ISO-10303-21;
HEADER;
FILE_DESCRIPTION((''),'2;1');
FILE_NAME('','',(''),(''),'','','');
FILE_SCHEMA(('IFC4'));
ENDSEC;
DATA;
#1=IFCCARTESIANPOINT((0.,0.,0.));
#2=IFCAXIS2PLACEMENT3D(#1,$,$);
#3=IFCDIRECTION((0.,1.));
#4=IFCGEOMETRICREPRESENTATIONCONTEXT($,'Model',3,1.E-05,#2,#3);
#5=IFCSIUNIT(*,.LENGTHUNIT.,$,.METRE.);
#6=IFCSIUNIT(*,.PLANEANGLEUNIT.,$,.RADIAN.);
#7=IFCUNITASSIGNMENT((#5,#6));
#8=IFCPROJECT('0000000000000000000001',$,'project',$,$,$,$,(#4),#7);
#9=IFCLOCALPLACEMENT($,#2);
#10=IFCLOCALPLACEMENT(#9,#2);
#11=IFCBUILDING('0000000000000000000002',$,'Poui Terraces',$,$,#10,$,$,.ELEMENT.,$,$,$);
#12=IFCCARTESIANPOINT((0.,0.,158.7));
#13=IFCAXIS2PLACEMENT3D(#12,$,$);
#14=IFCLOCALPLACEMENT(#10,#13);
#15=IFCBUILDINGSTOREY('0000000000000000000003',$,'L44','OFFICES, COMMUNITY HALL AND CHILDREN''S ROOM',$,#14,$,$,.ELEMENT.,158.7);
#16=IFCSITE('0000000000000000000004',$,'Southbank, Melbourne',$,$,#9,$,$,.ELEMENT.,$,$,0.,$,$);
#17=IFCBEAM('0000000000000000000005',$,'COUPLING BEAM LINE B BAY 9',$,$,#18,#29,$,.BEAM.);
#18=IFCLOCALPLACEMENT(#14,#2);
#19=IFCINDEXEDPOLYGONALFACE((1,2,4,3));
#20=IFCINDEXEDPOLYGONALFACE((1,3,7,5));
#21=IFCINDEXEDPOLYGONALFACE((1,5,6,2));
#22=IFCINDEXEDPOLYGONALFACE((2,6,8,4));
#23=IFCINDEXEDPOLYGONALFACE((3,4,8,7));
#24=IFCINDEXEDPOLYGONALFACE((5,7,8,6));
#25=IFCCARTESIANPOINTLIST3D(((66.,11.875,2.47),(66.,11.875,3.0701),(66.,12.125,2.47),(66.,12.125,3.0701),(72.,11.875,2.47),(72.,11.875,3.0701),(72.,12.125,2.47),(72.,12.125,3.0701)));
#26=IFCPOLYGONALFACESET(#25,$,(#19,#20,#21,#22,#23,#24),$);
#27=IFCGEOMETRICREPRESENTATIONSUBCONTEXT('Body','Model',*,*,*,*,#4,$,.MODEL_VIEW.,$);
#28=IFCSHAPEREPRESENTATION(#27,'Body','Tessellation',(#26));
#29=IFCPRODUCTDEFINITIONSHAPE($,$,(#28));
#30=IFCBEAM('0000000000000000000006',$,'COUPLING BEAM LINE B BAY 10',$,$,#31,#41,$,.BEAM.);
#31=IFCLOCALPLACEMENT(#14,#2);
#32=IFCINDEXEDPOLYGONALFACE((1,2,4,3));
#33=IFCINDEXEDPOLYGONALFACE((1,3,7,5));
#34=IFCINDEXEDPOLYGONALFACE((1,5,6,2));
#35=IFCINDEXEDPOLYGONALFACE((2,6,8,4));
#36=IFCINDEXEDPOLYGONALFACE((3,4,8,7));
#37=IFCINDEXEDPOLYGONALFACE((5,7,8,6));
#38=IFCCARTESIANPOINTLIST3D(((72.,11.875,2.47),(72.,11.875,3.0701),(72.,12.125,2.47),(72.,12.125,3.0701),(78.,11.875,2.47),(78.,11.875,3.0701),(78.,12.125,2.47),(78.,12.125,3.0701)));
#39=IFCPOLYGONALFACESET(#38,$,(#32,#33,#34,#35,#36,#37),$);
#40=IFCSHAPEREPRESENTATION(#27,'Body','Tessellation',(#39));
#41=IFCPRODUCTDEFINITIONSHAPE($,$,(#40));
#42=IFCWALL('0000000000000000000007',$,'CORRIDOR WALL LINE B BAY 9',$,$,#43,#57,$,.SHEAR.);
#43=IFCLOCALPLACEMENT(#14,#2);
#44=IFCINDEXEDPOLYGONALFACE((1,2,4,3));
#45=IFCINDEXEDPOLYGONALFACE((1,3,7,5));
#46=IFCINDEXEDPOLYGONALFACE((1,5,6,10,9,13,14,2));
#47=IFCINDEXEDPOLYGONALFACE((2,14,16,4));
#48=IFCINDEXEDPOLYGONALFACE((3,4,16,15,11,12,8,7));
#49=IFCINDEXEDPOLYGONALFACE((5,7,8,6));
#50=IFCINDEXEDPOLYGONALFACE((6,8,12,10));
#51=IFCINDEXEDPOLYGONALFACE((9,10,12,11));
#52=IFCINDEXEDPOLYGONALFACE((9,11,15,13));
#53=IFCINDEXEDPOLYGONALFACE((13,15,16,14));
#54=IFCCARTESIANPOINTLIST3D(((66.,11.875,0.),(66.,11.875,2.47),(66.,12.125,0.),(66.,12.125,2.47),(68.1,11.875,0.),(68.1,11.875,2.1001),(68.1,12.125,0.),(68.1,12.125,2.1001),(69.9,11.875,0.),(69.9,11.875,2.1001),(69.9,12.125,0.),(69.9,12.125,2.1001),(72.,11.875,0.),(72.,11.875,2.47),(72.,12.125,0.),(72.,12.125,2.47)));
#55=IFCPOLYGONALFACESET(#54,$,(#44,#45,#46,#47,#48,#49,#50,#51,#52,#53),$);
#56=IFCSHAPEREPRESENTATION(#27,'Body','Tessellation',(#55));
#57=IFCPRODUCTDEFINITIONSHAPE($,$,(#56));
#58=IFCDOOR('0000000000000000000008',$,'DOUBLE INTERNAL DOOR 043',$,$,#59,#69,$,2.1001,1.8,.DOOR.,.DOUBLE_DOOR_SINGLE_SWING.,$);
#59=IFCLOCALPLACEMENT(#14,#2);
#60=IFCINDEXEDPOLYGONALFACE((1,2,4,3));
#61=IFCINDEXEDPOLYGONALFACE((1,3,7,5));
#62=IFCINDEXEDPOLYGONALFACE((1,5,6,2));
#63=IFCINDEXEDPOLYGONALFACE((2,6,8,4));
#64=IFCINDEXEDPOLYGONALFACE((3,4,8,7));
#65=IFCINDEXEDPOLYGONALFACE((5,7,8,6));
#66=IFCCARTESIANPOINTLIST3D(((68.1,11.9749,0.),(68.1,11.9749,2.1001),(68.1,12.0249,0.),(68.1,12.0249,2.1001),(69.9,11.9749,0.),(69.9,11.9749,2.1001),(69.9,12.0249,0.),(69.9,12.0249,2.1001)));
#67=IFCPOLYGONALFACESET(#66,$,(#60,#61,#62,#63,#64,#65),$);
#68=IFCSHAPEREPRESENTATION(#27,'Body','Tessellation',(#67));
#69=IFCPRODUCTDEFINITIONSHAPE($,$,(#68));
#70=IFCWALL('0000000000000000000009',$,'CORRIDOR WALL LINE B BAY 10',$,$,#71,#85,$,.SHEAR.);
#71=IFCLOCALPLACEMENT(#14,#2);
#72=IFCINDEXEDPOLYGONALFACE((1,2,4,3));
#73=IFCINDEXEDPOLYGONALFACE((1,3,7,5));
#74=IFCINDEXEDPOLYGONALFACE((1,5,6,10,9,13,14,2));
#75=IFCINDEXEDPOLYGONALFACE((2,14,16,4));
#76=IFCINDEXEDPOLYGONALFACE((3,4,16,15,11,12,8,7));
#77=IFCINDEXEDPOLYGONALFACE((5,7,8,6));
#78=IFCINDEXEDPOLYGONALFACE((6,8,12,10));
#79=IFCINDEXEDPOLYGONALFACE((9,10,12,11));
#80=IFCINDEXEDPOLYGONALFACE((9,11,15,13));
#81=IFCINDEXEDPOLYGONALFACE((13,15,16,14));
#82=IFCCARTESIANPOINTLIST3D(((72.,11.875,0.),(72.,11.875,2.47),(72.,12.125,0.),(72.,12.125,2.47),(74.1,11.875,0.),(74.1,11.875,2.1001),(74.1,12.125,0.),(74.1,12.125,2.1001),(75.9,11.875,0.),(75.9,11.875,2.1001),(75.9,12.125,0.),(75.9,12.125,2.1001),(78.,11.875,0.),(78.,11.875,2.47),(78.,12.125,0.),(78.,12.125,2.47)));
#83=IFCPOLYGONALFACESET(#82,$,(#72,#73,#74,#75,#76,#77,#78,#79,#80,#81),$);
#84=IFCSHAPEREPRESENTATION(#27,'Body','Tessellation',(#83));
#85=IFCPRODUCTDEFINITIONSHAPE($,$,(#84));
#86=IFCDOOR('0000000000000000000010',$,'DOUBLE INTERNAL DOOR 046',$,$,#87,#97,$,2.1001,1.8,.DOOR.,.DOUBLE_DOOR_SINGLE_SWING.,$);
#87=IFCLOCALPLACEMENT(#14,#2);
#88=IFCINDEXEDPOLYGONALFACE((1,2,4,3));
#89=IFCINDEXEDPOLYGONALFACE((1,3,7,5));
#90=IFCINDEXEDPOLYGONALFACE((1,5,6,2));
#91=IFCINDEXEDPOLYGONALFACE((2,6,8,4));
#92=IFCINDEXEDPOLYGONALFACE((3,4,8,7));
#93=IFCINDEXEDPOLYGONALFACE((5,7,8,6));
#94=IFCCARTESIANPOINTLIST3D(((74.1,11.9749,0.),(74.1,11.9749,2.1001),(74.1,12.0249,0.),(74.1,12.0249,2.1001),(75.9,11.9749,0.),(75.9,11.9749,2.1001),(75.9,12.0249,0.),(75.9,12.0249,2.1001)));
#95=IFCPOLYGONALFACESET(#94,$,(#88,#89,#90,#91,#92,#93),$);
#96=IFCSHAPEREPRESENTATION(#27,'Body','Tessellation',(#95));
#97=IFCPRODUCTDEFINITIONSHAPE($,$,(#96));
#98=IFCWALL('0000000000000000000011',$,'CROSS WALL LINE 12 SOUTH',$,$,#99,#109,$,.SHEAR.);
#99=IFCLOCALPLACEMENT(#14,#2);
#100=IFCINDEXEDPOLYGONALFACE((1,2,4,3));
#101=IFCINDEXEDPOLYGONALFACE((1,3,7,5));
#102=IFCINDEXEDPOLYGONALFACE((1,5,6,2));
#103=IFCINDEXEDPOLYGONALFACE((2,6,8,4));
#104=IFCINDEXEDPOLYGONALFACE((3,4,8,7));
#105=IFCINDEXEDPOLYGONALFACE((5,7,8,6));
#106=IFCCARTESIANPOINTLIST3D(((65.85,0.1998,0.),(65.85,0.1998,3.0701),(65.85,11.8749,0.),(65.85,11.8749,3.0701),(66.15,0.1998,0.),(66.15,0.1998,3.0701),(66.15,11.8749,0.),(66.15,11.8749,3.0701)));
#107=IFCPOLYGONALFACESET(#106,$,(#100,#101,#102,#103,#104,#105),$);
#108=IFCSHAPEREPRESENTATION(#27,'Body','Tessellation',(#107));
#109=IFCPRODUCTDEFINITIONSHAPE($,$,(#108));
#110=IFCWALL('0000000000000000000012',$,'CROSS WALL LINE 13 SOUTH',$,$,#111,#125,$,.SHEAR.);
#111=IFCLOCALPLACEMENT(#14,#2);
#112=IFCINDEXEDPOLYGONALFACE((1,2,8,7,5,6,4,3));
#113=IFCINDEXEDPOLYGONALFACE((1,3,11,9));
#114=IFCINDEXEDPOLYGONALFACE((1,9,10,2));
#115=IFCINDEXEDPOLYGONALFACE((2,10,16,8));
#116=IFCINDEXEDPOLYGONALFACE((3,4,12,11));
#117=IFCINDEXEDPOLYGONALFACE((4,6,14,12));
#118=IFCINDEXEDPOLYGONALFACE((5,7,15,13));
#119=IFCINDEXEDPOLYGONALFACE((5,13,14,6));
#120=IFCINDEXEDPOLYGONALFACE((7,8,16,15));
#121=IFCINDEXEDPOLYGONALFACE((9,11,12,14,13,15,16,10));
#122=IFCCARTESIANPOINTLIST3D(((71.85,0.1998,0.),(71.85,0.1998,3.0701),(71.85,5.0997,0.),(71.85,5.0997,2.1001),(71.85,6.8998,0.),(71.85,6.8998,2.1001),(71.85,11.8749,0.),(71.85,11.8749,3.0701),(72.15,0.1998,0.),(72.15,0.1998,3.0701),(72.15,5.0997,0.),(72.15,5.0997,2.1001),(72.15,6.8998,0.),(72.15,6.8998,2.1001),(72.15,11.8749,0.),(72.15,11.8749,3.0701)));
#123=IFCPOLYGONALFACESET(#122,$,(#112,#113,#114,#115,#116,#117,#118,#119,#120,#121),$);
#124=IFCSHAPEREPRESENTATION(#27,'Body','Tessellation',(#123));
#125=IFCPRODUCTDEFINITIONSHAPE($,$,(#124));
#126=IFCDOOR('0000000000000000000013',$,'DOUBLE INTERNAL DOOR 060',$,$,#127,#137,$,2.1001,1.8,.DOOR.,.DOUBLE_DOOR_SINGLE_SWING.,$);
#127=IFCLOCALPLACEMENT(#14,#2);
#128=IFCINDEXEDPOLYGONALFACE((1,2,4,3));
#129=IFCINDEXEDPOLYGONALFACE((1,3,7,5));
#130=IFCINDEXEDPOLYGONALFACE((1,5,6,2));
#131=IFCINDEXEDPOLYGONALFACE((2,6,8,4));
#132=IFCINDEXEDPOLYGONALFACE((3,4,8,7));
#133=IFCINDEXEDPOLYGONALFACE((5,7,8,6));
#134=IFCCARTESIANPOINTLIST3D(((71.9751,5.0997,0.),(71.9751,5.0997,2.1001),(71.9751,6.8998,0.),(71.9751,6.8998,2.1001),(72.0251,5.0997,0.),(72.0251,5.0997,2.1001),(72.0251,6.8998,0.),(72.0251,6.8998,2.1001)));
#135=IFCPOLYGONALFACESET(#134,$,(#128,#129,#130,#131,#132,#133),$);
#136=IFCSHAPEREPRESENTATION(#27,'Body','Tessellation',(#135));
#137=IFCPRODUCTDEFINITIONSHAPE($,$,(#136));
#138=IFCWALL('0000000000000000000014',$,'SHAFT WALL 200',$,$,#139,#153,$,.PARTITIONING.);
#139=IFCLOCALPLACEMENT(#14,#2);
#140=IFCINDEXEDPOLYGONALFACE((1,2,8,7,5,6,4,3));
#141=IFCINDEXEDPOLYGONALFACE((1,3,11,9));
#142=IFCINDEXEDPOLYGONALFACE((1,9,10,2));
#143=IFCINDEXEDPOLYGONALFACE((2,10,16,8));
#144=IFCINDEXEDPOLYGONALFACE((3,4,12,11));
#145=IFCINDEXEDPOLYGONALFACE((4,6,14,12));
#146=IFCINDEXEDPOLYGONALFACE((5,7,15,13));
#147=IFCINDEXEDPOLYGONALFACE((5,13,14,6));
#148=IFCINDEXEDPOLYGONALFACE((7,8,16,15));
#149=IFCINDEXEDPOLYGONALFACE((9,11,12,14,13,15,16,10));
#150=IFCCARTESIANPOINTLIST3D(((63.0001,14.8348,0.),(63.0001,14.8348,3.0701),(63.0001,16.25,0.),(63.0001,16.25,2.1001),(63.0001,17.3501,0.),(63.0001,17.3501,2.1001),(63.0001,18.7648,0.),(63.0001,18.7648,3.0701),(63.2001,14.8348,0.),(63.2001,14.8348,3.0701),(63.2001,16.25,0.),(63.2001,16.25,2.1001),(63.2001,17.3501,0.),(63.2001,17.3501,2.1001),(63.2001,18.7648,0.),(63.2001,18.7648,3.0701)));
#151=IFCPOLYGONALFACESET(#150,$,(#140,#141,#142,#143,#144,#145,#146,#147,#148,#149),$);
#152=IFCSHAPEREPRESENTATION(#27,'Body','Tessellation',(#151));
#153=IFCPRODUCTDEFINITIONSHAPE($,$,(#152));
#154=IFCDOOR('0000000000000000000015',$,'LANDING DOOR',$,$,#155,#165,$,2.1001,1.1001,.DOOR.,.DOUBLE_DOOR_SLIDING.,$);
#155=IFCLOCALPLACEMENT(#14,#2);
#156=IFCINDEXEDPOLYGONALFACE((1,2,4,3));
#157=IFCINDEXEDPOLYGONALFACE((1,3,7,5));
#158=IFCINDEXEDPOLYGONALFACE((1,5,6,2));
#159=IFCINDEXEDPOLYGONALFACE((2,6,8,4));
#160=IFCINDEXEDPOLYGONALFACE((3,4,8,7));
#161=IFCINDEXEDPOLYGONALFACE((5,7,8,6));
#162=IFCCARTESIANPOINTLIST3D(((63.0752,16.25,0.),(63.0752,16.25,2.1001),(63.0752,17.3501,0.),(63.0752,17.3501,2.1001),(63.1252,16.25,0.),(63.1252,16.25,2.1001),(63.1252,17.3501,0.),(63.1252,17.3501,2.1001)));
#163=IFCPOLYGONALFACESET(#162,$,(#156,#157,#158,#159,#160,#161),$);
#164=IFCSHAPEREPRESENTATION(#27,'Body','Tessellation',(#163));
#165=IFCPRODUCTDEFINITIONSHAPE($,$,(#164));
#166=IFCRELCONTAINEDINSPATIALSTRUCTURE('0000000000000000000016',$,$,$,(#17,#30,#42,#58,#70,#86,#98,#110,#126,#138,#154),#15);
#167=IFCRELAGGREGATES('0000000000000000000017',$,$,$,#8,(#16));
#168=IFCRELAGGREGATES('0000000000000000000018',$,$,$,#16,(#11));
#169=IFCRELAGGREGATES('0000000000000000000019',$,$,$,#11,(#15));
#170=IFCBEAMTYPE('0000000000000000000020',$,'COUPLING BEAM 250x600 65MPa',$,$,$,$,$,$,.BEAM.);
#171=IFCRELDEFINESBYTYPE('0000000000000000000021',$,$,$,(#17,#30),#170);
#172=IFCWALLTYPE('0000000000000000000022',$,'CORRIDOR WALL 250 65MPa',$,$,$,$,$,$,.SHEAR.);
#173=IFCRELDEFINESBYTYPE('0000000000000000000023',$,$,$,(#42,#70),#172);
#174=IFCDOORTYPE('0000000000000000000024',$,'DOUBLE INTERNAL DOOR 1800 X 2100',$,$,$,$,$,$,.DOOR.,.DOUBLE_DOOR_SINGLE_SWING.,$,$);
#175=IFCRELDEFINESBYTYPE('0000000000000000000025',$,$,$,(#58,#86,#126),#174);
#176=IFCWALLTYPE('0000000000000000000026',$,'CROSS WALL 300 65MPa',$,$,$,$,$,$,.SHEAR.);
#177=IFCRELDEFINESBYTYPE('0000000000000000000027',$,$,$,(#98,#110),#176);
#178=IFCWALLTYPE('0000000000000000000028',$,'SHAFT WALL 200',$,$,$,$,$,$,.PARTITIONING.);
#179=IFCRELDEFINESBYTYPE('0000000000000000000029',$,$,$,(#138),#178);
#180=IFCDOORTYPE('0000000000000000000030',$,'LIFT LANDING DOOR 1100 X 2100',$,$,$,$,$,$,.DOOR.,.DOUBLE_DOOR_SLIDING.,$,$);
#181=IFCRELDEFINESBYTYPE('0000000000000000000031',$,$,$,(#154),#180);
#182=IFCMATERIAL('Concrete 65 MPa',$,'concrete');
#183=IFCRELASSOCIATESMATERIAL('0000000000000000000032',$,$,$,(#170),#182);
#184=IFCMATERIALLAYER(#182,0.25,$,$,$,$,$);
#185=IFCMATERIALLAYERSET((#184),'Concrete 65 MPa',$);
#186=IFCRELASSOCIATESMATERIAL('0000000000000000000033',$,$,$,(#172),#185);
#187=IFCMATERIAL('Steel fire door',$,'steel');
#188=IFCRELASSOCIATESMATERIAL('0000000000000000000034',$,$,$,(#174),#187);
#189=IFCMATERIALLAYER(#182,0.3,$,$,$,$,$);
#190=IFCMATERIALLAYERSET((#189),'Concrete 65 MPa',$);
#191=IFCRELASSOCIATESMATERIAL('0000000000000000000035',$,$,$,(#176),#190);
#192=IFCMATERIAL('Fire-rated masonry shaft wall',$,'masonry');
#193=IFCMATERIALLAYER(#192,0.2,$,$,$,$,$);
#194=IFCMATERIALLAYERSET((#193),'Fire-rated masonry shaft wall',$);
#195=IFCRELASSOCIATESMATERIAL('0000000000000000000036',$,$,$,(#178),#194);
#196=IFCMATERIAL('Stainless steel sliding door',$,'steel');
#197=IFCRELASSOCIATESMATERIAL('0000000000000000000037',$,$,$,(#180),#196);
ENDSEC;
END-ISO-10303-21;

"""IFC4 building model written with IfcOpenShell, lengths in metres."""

from ifc_helpers import new_model, si_unit, direction, frame, frame_2d, origin, origin_2d, place, context, subcontext, project, spatial, rectangle, extrude, source, transform, mapped, material, layer, layer_set, material_profile, profile_set, type_object, element, fill, save


model = new_model("IFC4")

# Units and contexts
model_context = context("Model", 3, precision=1e-05, world=origin(), true_north=direction((0.0, 1.0)))
body_context = subcontext(model_context, "Body", "Model", "MODEL_VIEW")
ifc_project = project(units=[si_unit("LENGTHUNIT", "METRE"), si_unit("PLANEANGLEUNIT", "RADIAN")], contexts=[model_context])

# Site, building, storey
site_placement = place(None, origin())
site = spatial("IfcSite", under=ifc_project, at=site_placement, Name="Southbank, Melbourne", CompositionType="ELEMENT", RefElevation=0.0)
building_placement = place(site_placement, origin())
building = spatial("IfcBuilding", under=site, at=building_placement, Name="Poui Terraces", CompositionType="ELEMENT")
storey_placement = place(building_placement, frame((0.0, 0.0, 158.7)))
storey = spatial("IfcBuildingStorey", under=building, at=storey_placement, Name="L44", Description="OFFICES, COMMUNITY HALL AND CHILDREN'S ROOM", CompositionType="ELEMENT", Elevation=158.7)

# Beams
ifc_material_1 = material(Name="Concrete 65 MPa", Category="concrete")
ifc_material_profile = material_profile(ifc_material_1, rectangle(XDim=0.25, YDim=0.6001, at=origin_2d()), Name="RC 250x600")
ifc_profile_set = profile_set([ifc_material_profile], Name="Concrete 65 MPa")
beam_type = type_object("IfcBeamType", Name="COUPLING BEAM 250x600 65MPa", PredefinedType="BEAM", material=ifc_profile_set)
shared_shape = source(origin(), body_context, "Body", "SweptSolid", [
    extrude(rectangle(XDim=0.25, YDim=0.6001, at=origin_2d()), origin(), (0.0, 0.0, 1.0), 6.0),
])
for number, where, z_axis, x_axis, name in (
    (1, (66.0, 12.0, 2.77), (1.0, 0.0, 0.0), (0.0, 1.0, 0.0), "COUPLING BEAM LINE B BAY 9"),
    (2, (72.0, 12.0, 2.77), (1.0, 0.0, 0.0), (0.0, 1.0, 0.0), "COUPLING BEAM LINE B BAY 10"),
):
    element("IfcBeam", number, at=place(storey_placement, frame(where, z_axis=z_axis, x_axis=x_axis)), inside=storey, type_object=beam_type, Name=name, PredefinedType="BEAM", context=body_context, shape_type="MappedRepresentation", body=[
        mapped(shared_shape, transform((0.0, 0.0, 0.0))),
    ])

# Walls, openings, doors
ifc_layer_1 = layer(ifc_material_1, 0.25)
ifc_layer_set_1 = layer_set([ifc_layer_1], Name="Concrete 65 MPa")
wall_type_1 = type_object("IfcWallType", Name="CORRIDOR WALL 250 65MPa", PredefinedType="SHEAR", material=ifc_layer_set_1)
wall_1_placement = place(storey_placement, frame((66.0, 12.0, 0.0), z_axis=(0.0, 0.0, 1.0), x_axis=(1.0, 0.0, 0.0)))
wall_1 = element("IfcWall", 3, at=wall_1_placement, inside=storey, type_object=wall_type_1, Name="CORRIDOR WALL LINE B BAY 9", PredefinedType="SHEAR", context=body_context, shape_type="SweptSolid", body=[
    extrude(rectangle(XDim=6.0, YDim=0.25, at=frame_2d((3.0, 0.0))), origin(), (0.0, 0.0, 1.0), 2.47),
])
opening_1_placement = place(wall_1_placement, frame((2.1001, 0.0, 0.0)))
opening_1 = element("IfcOpeningElement", 4, at=opening_1_placement, cuts=wall_1, PredefinedType="OPENING", context=body_context, shape_type="SweptSolid", body=[
    extrude(rectangle(XDim=1.8, YDim=2.1001, at=frame_2d((0.8999, 1.05))), frame((0.0, 0.135, 0.0), z_axis=(0.0, -1.0, 0.0), x_axis=(1.0, 0.0, 0.0)), (0.0, 0.0, 1.0), 0.27),
])
ifc_material_2 = material(Name="Steel fire door", Category="steel")
door_type_1 = type_object("IfcDoorType", Name="DOUBLE INTERNAL DOOR 1800 X 2100", OperationType="DOUBLE_DOOR_SINGLE_SWING", PredefinedType="DOOR", material=ifc_material_2)
door_1_placement = place(opening_1_placement, origin())
door_1 = element("IfcDoor", 5, at=door_1_placement, inside=storey, type_object=door_type_1, Name="DOUBLE INTERNAL DOOR 043", OperationType="DOUBLE_DOOR_SINGLE_SWING", OverallHeight=2.1001, OverallWidth=1.8, PredefinedType="DOOR", context=body_context, shape_type="SweptSolid", body=[
    extrude(rectangle(XDim=1.8, YDim=2.1001, at=frame_2d((0.8999, 1.05))), frame((0.0, 0.0249, 0.0), z_axis=(0.0, -1.0, 0.0), x_axis=(1.0, 0.0, 0.0)), (0.0, 0.0, 1.0), 0.05),
])
fill(opening_1, door_1)
wall_2_placement = place(storey_placement, frame((72.0, 12.0, 0.0), z_axis=(0.0, 0.0, 1.0), x_axis=(1.0, 0.0, 0.0)))
wall_2 = element("IfcWall", 6, at=wall_2_placement, inside=storey, type_object=wall_type_1, Name="CORRIDOR WALL LINE B BAY 10", PredefinedType="SHEAR", context=body_context, shape_type="SweptSolid", body=[
    extrude(rectangle(XDim=6.0, YDim=0.25, at=frame_2d((3.0, 0.0))), origin(), (0.0, 0.0, 1.0), 2.47),
])
opening_2_placement = place(wall_2_placement, frame((2.1001, 0.0, 0.0)))
opening_2 = element("IfcOpeningElement", 7, at=opening_2_placement, cuts=wall_2, PredefinedType="OPENING", context=body_context, shape_type="SweptSolid", body=[
    extrude(rectangle(XDim=1.8, YDim=2.1001, at=frame_2d((0.8999, 1.05))), frame((0.0, 0.135, 0.0), z_axis=(0.0, -1.0, 0.0), x_axis=(1.0, 0.0, 0.0)), (0.0, 0.0, 1.0), 0.27),
])
door_2_placement = place(opening_2_placement, origin())
door_2 = element("IfcDoor", 8, at=door_2_placement, inside=storey, type_object=door_type_1, Name="DOUBLE INTERNAL DOOR 046", OperationType="DOUBLE_DOOR_SINGLE_SWING", OverallHeight=2.1001, OverallWidth=1.8, PredefinedType="DOOR", context=body_context, shape_type="SweptSolid", body=[
    extrude(rectangle(XDim=1.8, YDim=2.1001, at=frame_2d((0.8999, 1.05))), frame((0.0, 0.0249, 0.0), z_axis=(0.0, -1.0, 0.0), x_axis=(1.0, 0.0, 0.0)), (0.0, 0.0, 1.0), 0.05),
])
fill(opening_2, door_2)

# Wall
ifc_layer_2 = layer(ifc_material_1, 0.3)
ifc_layer_set_2 = layer_set([ifc_layer_2], Name="Concrete 65 MPa")
wall_type_2 = type_object("IfcWallType", Name="CROSS WALL 300 65MPa", PredefinedType="SHEAR", material=ifc_layer_set_2)
wall_3_placement = place(storey_placement, frame((66.0, 0.2, 0.0), z_axis=(0.0, 0.0, 1.0), x_axis=(0.0, 1.0, 0.0)))
element("IfcWall", 9, at=wall_3_placement, inside=storey, type_object=wall_type_2, Name="CROSS WALL LINE 12 SOUTH", PredefinedType="SHEAR", context=body_context, shape_type="SweptSolid", body=[
    extrude(rectangle(XDim=11.675, YDim=0.3, at=frame_2d((5.8374, 0.0))), origin(), (0.0, 0.0, 1.0), 3.0701),
])

# Walls, openings, doors
wall_4_placement = place(storey_placement, frame((72.0, 0.2, 0.0), z_axis=(0.0, 0.0, 1.0), x_axis=(0.0, 1.0, 0.0)))
wall_4 = element("IfcWall", 10, at=wall_4_placement, inside=storey, type_object=wall_type_2, Name="CROSS WALL LINE 13 SOUTH", PredefinedType="SHEAR", context=body_context, shape_type="SweptSolid", body=[
    extrude(rectangle(XDim=11.675, YDim=0.3, at=frame_2d((5.8374, 0.0))), origin(), (0.0, 0.0, 1.0), 3.0701),
])
opening_3_placement = place(wall_4_placement, frame((4.8999, 0.0, 0.0)))
opening_3 = element("IfcOpeningElement", 11, at=opening_3_placement, cuts=wall_4, PredefinedType="OPENING", context=body_context, shape_type="SweptSolid", body=[
    extrude(rectangle(XDim=1.8, YDim=2.1001, at=frame_2d((0.8999, 1.05))), frame((0.0, 0.1602, 0.0), z_axis=(0.0, -1.0, 0.0), x_axis=(1.0, 0.0, 0.0)), (0.0, 0.0, 1.0), 0.3201),
])
door_3_placement = place(opening_3_placement, origin())
door_3 = element("IfcDoor", 12, at=door_3_placement, inside=storey, type_object=door_type_1, Name="DOUBLE INTERNAL DOOR 060", OperationType="DOUBLE_DOOR_SINGLE_SWING", OverallHeight=2.1001, OverallWidth=1.8, PredefinedType="DOOR", context=body_context, shape_type="SweptSolid", body=[
    extrude(rectangle(XDim=1.8, YDim=2.1001, at=frame_2d((0.8999, 1.05))), frame((0.0, 0.0249, 0.0), z_axis=(0.0, -1.0, 0.0), x_axis=(1.0, 0.0, 0.0)), (0.0, 0.0, 1.0), 0.05),
])
fill(opening_3, door_3)
ifc_material_3 = material(Name="Fire-rated masonry shaft wall", Category="masonry")
ifc_layer_3 = layer(ifc_material_3, 0.2)
ifc_layer_set_3 = layer_set([ifc_layer_3], Name="Fire-rated masonry shaft wall")
wall_type_3 = type_object("IfcWallType", Name="SHAFT WALL 200", PredefinedType="PARTITIONING", material=ifc_layer_set_3)
wall_5_placement = place(storey_placement, frame((63.1001, 14.835, 0.0), z_axis=(0.0, 0.0, 1.0), x_axis=(0.0, 1.0, 0.0)))
wall_5 = element("IfcWall", 13, at=wall_5_placement, inside=storey, type_object=wall_type_3, Name="SHAFT WALL 200", PredefinedType="PARTITIONING", context=body_context, shape_type="SweptSolid", body=[
    extrude(rectangle(XDim=3.9299, YDim=0.2, at=frame_2d((1.9648, 0.0))), origin(), (0.0, 0.0, 1.0), 3.0701),
])
opening_4_placement = place(wall_5_placement, frame((1.415, 0.0, 0.0)))
opening_4 = element("IfcOpeningElement", 14, at=opening_4_placement, cuts=wall_5, PredefinedType="OPENING", context=body_context, shape_type="SweptSolid", body=[
    extrude(rectangle(XDim=1.1001, YDim=2.1001, at=frame_2d((0.55, 1.05))), frame((0.0, 0.1099, 0.0), z_axis=(0.0, -1.0, 0.0), x_axis=(1.0, 0.0, 0.0)), (0.0, 0.0, 1.0), 0.22),
])
ifc_material_4 = material(Name="Stainless steel sliding door", Category="steel")
door_type_2 = type_object("IfcDoorType", Name="LIFT LANDING DOOR 1100 X 2100", OperationType="DOUBLE_DOOR_SLIDING", PredefinedType="DOOR", material=ifc_material_4)
door_4_placement = place(opening_4_placement, origin())
door_4 = element("IfcDoor", 15, at=door_4_placement, inside=storey, type_object=door_type_2, Name="LANDING DOOR", OperationType="DOUBLE_DOOR_SLIDING", OverallHeight=2.1001, OverallWidth=1.1001, PredefinedType="DOOR", context=body_context, shape_type="SweptSolid", body=[
    extrude(rectangle(XDim=1.1001, YDim=2.1001, at=frame_2d((0.55, 1.05))), frame((0.0, 0.0249, 0.0), z_axis=(0.0, -1.0, 0.0), x_axis=(1.0, 0.0, 0.0)), (0.0, 0.0, 1.0), 0.05),
])
fill(opening_4, door_4)

save(model, "model.ifc")
